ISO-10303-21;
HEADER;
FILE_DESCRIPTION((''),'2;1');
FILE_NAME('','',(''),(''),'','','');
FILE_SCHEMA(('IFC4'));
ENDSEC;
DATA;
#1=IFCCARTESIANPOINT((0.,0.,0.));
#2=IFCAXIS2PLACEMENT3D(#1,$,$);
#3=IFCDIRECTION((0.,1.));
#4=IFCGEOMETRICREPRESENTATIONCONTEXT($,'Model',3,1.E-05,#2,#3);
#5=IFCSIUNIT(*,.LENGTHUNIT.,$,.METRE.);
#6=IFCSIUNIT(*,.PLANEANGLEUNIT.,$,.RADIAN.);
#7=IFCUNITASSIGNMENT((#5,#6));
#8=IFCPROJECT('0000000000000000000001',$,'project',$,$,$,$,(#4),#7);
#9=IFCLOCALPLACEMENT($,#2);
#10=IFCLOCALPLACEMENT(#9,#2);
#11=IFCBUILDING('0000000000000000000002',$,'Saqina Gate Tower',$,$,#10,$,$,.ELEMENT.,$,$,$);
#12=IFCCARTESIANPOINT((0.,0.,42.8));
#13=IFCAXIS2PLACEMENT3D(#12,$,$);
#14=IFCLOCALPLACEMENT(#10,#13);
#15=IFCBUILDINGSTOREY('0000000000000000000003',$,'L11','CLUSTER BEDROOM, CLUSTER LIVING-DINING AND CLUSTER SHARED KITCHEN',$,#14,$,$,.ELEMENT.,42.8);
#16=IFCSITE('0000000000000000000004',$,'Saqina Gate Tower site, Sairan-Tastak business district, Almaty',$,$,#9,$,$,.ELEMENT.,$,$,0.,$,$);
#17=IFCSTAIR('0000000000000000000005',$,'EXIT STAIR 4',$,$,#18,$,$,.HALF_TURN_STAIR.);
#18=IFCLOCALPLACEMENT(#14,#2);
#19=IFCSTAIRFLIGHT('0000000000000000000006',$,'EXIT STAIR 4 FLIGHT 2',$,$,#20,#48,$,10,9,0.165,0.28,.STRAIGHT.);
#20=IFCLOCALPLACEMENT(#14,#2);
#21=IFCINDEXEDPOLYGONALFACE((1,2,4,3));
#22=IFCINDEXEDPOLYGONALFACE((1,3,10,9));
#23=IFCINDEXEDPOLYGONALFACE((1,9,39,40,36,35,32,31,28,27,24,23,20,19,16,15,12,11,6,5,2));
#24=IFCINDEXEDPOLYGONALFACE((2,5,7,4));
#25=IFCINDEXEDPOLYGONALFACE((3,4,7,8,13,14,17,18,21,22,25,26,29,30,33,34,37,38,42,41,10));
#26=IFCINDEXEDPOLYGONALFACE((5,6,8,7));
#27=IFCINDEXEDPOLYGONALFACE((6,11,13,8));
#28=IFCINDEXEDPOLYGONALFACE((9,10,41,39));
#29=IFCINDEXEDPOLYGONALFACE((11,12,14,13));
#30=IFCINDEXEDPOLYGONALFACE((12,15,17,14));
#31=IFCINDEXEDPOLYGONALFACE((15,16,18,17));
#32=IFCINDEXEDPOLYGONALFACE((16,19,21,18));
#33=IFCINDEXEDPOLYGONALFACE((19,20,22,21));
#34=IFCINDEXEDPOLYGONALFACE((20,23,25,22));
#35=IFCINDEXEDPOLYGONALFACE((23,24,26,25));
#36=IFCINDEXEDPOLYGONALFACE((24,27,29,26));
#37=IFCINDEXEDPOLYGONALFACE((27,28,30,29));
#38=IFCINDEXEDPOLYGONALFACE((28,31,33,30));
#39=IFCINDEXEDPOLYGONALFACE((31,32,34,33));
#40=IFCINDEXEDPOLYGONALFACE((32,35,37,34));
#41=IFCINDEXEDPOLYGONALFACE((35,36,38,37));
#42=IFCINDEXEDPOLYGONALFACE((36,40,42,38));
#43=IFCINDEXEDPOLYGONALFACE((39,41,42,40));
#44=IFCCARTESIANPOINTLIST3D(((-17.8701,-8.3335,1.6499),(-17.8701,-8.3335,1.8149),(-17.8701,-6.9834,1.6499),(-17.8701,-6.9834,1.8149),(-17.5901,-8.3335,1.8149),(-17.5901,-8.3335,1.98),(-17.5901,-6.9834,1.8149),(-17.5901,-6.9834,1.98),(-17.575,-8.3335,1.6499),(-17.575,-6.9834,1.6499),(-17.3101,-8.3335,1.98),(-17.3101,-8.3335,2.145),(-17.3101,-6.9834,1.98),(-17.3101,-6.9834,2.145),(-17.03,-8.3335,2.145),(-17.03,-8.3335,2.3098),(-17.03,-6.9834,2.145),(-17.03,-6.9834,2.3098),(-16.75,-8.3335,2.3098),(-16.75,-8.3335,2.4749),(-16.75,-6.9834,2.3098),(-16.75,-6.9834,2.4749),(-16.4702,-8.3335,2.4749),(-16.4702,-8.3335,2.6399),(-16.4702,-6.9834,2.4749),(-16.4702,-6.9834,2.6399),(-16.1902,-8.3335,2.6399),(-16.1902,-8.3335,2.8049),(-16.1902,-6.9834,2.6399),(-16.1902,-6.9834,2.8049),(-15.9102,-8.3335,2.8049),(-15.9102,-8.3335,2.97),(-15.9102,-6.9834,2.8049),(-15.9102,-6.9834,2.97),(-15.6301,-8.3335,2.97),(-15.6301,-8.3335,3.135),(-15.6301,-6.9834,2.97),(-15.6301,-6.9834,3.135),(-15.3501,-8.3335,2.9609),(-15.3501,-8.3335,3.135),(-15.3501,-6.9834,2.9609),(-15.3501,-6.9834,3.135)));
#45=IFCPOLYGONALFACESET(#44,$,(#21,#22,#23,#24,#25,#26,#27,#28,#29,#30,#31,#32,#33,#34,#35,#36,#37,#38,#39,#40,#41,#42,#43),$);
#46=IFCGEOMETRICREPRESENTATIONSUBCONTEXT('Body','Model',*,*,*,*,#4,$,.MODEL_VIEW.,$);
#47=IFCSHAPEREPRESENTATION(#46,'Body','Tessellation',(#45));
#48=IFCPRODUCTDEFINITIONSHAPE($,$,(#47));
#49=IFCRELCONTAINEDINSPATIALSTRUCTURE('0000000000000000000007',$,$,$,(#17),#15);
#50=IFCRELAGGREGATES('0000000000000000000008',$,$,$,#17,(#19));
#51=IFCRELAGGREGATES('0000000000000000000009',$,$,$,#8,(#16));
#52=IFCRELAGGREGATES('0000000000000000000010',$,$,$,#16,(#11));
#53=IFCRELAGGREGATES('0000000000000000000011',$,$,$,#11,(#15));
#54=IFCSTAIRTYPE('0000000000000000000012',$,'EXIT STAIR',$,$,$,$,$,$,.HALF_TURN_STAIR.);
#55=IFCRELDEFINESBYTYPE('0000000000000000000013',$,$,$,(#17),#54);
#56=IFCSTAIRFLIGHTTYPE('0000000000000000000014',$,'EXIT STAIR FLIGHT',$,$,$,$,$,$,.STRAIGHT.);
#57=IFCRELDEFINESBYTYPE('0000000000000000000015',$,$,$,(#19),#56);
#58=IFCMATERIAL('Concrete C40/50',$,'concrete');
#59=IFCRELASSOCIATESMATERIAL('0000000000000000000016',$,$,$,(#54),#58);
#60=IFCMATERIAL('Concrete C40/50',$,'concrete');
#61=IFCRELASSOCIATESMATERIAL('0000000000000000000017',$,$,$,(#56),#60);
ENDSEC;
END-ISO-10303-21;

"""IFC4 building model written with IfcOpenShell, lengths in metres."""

from ifc_helpers import new_model, si_unit, direction, frame, origin, place, context, subcontext, project, spatial, polyline, outline, extrude, material, type_object, element, aggregate, save


model = new_model("IFC4")

# Units and contexts
model_context = context("Model", 3, precision=1e-05, world=origin(), true_north=direction((0.0, 1.0)))
body_context = subcontext(model_context, "Body", "Model", "MODEL_VIEW")
ifc_project = project(units=[si_unit("LENGTHUNIT", "METRE"), si_unit("PLANEANGLEUNIT", "RADIAN")], contexts=[model_context])

# Site, building, storey
site_placement = place(None, origin())
site = spatial("IfcSite", under=ifc_project, at=site_placement, Name="Saqina Gate Tower site, Sairan-Tastak business district, Almaty", CompositionType="ELEMENT", RefElevation=0.0)
building_placement = place(site_placement, origin())
building = spatial("IfcBuilding", under=site, at=building_placement, Name="Saqina Gate Tower", CompositionType="ELEMENT")
storey_placement = place(building_placement, frame((0.0, 0.0, 42.8)))
storey = spatial("IfcBuildingStorey", under=building, at=storey_placement, Name="L11", Description="CLUSTER BEDROOM, CLUSTER LIVING-DINING AND CLUSTER SHARED KITCHEN", CompositionType="ELEMENT", Elevation=42.8)

# Stair, stair flight
ifc_material_1 = material(Name="Concrete C40/50", Category="concrete")
stair_type = type_object("IfcStairType", Name="EXIT STAIR", PredefinedType="HALF_TURN_STAIR", material=ifc_material_1)
stair_placement = place(storey_placement, origin())
stair = element("IfcStair", 1, at=stair_placement, inside=storey, type_object=stair_type, Name="EXIT STAIR 4", PredefinedType="HALF_TURN_STAIR")
ifc_material_2 = material(Name="Concrete C40/50", Category="concrete")
stair_flight_type = type_object("IfcStairFlightType", Name="EXIT STAIR FLIGHT", PredefinedType="STRAIGHT", material=ifc_material_2)
stair_flight_1_placement = place(storey_placement, frame((-17.8701, -7.6584, 1.6499), z_axis=(0.0, 0.0, 1.0), x_axis=(1.0, 0.0, 0.0)))
stair_flight_1 = element("IfcStairFlight", 2, at=stair_flight_1_placement, type_object=stair_flight_type, Name="EXIT STAIR 4 FLIGHT 2", NumberOfRisers=10, NumberOfTreads=9, PredefinedType="STRAIGHT", RiserHeight=0.165, TreadLength=0.28, context=body_context, shape_type="SweptSolid", body=[
    extrude(outline(polyline([(0.0, 0.0), (0.0, 0.165), (0.28, 0.165), (0.28, 0.3301), (0.5601, 0.3301), (0.5601, 0.4951), (0.8401, 0.4951), (0.8401, 0.6599), (1.1201, 0.6599), (1.1201, 0.825), (1.3999, 0.825), (1.3999, 0.99), (1.6799, 0.99), (1.6799, 1.155), (1.96, 1.155), (1.96, 1.3201), (2.24, 1.3201), (2.24, 1.4851), (2.52, 1.4851), (2.52, 1.6499), (2.52, 1.311), (0.2952, 0.0), (0.0, 0.0)])), frame((0.0, 0.675, 0.0), z_axis=(0.0, -1.0, 0.0), x_axis=(1.0, 0.0, 0.0)), (0.0, 0.0, 1.0), 1.3501),
])
aggregate(stair, [stair_flight_1])

save(model, "model.ifc")
